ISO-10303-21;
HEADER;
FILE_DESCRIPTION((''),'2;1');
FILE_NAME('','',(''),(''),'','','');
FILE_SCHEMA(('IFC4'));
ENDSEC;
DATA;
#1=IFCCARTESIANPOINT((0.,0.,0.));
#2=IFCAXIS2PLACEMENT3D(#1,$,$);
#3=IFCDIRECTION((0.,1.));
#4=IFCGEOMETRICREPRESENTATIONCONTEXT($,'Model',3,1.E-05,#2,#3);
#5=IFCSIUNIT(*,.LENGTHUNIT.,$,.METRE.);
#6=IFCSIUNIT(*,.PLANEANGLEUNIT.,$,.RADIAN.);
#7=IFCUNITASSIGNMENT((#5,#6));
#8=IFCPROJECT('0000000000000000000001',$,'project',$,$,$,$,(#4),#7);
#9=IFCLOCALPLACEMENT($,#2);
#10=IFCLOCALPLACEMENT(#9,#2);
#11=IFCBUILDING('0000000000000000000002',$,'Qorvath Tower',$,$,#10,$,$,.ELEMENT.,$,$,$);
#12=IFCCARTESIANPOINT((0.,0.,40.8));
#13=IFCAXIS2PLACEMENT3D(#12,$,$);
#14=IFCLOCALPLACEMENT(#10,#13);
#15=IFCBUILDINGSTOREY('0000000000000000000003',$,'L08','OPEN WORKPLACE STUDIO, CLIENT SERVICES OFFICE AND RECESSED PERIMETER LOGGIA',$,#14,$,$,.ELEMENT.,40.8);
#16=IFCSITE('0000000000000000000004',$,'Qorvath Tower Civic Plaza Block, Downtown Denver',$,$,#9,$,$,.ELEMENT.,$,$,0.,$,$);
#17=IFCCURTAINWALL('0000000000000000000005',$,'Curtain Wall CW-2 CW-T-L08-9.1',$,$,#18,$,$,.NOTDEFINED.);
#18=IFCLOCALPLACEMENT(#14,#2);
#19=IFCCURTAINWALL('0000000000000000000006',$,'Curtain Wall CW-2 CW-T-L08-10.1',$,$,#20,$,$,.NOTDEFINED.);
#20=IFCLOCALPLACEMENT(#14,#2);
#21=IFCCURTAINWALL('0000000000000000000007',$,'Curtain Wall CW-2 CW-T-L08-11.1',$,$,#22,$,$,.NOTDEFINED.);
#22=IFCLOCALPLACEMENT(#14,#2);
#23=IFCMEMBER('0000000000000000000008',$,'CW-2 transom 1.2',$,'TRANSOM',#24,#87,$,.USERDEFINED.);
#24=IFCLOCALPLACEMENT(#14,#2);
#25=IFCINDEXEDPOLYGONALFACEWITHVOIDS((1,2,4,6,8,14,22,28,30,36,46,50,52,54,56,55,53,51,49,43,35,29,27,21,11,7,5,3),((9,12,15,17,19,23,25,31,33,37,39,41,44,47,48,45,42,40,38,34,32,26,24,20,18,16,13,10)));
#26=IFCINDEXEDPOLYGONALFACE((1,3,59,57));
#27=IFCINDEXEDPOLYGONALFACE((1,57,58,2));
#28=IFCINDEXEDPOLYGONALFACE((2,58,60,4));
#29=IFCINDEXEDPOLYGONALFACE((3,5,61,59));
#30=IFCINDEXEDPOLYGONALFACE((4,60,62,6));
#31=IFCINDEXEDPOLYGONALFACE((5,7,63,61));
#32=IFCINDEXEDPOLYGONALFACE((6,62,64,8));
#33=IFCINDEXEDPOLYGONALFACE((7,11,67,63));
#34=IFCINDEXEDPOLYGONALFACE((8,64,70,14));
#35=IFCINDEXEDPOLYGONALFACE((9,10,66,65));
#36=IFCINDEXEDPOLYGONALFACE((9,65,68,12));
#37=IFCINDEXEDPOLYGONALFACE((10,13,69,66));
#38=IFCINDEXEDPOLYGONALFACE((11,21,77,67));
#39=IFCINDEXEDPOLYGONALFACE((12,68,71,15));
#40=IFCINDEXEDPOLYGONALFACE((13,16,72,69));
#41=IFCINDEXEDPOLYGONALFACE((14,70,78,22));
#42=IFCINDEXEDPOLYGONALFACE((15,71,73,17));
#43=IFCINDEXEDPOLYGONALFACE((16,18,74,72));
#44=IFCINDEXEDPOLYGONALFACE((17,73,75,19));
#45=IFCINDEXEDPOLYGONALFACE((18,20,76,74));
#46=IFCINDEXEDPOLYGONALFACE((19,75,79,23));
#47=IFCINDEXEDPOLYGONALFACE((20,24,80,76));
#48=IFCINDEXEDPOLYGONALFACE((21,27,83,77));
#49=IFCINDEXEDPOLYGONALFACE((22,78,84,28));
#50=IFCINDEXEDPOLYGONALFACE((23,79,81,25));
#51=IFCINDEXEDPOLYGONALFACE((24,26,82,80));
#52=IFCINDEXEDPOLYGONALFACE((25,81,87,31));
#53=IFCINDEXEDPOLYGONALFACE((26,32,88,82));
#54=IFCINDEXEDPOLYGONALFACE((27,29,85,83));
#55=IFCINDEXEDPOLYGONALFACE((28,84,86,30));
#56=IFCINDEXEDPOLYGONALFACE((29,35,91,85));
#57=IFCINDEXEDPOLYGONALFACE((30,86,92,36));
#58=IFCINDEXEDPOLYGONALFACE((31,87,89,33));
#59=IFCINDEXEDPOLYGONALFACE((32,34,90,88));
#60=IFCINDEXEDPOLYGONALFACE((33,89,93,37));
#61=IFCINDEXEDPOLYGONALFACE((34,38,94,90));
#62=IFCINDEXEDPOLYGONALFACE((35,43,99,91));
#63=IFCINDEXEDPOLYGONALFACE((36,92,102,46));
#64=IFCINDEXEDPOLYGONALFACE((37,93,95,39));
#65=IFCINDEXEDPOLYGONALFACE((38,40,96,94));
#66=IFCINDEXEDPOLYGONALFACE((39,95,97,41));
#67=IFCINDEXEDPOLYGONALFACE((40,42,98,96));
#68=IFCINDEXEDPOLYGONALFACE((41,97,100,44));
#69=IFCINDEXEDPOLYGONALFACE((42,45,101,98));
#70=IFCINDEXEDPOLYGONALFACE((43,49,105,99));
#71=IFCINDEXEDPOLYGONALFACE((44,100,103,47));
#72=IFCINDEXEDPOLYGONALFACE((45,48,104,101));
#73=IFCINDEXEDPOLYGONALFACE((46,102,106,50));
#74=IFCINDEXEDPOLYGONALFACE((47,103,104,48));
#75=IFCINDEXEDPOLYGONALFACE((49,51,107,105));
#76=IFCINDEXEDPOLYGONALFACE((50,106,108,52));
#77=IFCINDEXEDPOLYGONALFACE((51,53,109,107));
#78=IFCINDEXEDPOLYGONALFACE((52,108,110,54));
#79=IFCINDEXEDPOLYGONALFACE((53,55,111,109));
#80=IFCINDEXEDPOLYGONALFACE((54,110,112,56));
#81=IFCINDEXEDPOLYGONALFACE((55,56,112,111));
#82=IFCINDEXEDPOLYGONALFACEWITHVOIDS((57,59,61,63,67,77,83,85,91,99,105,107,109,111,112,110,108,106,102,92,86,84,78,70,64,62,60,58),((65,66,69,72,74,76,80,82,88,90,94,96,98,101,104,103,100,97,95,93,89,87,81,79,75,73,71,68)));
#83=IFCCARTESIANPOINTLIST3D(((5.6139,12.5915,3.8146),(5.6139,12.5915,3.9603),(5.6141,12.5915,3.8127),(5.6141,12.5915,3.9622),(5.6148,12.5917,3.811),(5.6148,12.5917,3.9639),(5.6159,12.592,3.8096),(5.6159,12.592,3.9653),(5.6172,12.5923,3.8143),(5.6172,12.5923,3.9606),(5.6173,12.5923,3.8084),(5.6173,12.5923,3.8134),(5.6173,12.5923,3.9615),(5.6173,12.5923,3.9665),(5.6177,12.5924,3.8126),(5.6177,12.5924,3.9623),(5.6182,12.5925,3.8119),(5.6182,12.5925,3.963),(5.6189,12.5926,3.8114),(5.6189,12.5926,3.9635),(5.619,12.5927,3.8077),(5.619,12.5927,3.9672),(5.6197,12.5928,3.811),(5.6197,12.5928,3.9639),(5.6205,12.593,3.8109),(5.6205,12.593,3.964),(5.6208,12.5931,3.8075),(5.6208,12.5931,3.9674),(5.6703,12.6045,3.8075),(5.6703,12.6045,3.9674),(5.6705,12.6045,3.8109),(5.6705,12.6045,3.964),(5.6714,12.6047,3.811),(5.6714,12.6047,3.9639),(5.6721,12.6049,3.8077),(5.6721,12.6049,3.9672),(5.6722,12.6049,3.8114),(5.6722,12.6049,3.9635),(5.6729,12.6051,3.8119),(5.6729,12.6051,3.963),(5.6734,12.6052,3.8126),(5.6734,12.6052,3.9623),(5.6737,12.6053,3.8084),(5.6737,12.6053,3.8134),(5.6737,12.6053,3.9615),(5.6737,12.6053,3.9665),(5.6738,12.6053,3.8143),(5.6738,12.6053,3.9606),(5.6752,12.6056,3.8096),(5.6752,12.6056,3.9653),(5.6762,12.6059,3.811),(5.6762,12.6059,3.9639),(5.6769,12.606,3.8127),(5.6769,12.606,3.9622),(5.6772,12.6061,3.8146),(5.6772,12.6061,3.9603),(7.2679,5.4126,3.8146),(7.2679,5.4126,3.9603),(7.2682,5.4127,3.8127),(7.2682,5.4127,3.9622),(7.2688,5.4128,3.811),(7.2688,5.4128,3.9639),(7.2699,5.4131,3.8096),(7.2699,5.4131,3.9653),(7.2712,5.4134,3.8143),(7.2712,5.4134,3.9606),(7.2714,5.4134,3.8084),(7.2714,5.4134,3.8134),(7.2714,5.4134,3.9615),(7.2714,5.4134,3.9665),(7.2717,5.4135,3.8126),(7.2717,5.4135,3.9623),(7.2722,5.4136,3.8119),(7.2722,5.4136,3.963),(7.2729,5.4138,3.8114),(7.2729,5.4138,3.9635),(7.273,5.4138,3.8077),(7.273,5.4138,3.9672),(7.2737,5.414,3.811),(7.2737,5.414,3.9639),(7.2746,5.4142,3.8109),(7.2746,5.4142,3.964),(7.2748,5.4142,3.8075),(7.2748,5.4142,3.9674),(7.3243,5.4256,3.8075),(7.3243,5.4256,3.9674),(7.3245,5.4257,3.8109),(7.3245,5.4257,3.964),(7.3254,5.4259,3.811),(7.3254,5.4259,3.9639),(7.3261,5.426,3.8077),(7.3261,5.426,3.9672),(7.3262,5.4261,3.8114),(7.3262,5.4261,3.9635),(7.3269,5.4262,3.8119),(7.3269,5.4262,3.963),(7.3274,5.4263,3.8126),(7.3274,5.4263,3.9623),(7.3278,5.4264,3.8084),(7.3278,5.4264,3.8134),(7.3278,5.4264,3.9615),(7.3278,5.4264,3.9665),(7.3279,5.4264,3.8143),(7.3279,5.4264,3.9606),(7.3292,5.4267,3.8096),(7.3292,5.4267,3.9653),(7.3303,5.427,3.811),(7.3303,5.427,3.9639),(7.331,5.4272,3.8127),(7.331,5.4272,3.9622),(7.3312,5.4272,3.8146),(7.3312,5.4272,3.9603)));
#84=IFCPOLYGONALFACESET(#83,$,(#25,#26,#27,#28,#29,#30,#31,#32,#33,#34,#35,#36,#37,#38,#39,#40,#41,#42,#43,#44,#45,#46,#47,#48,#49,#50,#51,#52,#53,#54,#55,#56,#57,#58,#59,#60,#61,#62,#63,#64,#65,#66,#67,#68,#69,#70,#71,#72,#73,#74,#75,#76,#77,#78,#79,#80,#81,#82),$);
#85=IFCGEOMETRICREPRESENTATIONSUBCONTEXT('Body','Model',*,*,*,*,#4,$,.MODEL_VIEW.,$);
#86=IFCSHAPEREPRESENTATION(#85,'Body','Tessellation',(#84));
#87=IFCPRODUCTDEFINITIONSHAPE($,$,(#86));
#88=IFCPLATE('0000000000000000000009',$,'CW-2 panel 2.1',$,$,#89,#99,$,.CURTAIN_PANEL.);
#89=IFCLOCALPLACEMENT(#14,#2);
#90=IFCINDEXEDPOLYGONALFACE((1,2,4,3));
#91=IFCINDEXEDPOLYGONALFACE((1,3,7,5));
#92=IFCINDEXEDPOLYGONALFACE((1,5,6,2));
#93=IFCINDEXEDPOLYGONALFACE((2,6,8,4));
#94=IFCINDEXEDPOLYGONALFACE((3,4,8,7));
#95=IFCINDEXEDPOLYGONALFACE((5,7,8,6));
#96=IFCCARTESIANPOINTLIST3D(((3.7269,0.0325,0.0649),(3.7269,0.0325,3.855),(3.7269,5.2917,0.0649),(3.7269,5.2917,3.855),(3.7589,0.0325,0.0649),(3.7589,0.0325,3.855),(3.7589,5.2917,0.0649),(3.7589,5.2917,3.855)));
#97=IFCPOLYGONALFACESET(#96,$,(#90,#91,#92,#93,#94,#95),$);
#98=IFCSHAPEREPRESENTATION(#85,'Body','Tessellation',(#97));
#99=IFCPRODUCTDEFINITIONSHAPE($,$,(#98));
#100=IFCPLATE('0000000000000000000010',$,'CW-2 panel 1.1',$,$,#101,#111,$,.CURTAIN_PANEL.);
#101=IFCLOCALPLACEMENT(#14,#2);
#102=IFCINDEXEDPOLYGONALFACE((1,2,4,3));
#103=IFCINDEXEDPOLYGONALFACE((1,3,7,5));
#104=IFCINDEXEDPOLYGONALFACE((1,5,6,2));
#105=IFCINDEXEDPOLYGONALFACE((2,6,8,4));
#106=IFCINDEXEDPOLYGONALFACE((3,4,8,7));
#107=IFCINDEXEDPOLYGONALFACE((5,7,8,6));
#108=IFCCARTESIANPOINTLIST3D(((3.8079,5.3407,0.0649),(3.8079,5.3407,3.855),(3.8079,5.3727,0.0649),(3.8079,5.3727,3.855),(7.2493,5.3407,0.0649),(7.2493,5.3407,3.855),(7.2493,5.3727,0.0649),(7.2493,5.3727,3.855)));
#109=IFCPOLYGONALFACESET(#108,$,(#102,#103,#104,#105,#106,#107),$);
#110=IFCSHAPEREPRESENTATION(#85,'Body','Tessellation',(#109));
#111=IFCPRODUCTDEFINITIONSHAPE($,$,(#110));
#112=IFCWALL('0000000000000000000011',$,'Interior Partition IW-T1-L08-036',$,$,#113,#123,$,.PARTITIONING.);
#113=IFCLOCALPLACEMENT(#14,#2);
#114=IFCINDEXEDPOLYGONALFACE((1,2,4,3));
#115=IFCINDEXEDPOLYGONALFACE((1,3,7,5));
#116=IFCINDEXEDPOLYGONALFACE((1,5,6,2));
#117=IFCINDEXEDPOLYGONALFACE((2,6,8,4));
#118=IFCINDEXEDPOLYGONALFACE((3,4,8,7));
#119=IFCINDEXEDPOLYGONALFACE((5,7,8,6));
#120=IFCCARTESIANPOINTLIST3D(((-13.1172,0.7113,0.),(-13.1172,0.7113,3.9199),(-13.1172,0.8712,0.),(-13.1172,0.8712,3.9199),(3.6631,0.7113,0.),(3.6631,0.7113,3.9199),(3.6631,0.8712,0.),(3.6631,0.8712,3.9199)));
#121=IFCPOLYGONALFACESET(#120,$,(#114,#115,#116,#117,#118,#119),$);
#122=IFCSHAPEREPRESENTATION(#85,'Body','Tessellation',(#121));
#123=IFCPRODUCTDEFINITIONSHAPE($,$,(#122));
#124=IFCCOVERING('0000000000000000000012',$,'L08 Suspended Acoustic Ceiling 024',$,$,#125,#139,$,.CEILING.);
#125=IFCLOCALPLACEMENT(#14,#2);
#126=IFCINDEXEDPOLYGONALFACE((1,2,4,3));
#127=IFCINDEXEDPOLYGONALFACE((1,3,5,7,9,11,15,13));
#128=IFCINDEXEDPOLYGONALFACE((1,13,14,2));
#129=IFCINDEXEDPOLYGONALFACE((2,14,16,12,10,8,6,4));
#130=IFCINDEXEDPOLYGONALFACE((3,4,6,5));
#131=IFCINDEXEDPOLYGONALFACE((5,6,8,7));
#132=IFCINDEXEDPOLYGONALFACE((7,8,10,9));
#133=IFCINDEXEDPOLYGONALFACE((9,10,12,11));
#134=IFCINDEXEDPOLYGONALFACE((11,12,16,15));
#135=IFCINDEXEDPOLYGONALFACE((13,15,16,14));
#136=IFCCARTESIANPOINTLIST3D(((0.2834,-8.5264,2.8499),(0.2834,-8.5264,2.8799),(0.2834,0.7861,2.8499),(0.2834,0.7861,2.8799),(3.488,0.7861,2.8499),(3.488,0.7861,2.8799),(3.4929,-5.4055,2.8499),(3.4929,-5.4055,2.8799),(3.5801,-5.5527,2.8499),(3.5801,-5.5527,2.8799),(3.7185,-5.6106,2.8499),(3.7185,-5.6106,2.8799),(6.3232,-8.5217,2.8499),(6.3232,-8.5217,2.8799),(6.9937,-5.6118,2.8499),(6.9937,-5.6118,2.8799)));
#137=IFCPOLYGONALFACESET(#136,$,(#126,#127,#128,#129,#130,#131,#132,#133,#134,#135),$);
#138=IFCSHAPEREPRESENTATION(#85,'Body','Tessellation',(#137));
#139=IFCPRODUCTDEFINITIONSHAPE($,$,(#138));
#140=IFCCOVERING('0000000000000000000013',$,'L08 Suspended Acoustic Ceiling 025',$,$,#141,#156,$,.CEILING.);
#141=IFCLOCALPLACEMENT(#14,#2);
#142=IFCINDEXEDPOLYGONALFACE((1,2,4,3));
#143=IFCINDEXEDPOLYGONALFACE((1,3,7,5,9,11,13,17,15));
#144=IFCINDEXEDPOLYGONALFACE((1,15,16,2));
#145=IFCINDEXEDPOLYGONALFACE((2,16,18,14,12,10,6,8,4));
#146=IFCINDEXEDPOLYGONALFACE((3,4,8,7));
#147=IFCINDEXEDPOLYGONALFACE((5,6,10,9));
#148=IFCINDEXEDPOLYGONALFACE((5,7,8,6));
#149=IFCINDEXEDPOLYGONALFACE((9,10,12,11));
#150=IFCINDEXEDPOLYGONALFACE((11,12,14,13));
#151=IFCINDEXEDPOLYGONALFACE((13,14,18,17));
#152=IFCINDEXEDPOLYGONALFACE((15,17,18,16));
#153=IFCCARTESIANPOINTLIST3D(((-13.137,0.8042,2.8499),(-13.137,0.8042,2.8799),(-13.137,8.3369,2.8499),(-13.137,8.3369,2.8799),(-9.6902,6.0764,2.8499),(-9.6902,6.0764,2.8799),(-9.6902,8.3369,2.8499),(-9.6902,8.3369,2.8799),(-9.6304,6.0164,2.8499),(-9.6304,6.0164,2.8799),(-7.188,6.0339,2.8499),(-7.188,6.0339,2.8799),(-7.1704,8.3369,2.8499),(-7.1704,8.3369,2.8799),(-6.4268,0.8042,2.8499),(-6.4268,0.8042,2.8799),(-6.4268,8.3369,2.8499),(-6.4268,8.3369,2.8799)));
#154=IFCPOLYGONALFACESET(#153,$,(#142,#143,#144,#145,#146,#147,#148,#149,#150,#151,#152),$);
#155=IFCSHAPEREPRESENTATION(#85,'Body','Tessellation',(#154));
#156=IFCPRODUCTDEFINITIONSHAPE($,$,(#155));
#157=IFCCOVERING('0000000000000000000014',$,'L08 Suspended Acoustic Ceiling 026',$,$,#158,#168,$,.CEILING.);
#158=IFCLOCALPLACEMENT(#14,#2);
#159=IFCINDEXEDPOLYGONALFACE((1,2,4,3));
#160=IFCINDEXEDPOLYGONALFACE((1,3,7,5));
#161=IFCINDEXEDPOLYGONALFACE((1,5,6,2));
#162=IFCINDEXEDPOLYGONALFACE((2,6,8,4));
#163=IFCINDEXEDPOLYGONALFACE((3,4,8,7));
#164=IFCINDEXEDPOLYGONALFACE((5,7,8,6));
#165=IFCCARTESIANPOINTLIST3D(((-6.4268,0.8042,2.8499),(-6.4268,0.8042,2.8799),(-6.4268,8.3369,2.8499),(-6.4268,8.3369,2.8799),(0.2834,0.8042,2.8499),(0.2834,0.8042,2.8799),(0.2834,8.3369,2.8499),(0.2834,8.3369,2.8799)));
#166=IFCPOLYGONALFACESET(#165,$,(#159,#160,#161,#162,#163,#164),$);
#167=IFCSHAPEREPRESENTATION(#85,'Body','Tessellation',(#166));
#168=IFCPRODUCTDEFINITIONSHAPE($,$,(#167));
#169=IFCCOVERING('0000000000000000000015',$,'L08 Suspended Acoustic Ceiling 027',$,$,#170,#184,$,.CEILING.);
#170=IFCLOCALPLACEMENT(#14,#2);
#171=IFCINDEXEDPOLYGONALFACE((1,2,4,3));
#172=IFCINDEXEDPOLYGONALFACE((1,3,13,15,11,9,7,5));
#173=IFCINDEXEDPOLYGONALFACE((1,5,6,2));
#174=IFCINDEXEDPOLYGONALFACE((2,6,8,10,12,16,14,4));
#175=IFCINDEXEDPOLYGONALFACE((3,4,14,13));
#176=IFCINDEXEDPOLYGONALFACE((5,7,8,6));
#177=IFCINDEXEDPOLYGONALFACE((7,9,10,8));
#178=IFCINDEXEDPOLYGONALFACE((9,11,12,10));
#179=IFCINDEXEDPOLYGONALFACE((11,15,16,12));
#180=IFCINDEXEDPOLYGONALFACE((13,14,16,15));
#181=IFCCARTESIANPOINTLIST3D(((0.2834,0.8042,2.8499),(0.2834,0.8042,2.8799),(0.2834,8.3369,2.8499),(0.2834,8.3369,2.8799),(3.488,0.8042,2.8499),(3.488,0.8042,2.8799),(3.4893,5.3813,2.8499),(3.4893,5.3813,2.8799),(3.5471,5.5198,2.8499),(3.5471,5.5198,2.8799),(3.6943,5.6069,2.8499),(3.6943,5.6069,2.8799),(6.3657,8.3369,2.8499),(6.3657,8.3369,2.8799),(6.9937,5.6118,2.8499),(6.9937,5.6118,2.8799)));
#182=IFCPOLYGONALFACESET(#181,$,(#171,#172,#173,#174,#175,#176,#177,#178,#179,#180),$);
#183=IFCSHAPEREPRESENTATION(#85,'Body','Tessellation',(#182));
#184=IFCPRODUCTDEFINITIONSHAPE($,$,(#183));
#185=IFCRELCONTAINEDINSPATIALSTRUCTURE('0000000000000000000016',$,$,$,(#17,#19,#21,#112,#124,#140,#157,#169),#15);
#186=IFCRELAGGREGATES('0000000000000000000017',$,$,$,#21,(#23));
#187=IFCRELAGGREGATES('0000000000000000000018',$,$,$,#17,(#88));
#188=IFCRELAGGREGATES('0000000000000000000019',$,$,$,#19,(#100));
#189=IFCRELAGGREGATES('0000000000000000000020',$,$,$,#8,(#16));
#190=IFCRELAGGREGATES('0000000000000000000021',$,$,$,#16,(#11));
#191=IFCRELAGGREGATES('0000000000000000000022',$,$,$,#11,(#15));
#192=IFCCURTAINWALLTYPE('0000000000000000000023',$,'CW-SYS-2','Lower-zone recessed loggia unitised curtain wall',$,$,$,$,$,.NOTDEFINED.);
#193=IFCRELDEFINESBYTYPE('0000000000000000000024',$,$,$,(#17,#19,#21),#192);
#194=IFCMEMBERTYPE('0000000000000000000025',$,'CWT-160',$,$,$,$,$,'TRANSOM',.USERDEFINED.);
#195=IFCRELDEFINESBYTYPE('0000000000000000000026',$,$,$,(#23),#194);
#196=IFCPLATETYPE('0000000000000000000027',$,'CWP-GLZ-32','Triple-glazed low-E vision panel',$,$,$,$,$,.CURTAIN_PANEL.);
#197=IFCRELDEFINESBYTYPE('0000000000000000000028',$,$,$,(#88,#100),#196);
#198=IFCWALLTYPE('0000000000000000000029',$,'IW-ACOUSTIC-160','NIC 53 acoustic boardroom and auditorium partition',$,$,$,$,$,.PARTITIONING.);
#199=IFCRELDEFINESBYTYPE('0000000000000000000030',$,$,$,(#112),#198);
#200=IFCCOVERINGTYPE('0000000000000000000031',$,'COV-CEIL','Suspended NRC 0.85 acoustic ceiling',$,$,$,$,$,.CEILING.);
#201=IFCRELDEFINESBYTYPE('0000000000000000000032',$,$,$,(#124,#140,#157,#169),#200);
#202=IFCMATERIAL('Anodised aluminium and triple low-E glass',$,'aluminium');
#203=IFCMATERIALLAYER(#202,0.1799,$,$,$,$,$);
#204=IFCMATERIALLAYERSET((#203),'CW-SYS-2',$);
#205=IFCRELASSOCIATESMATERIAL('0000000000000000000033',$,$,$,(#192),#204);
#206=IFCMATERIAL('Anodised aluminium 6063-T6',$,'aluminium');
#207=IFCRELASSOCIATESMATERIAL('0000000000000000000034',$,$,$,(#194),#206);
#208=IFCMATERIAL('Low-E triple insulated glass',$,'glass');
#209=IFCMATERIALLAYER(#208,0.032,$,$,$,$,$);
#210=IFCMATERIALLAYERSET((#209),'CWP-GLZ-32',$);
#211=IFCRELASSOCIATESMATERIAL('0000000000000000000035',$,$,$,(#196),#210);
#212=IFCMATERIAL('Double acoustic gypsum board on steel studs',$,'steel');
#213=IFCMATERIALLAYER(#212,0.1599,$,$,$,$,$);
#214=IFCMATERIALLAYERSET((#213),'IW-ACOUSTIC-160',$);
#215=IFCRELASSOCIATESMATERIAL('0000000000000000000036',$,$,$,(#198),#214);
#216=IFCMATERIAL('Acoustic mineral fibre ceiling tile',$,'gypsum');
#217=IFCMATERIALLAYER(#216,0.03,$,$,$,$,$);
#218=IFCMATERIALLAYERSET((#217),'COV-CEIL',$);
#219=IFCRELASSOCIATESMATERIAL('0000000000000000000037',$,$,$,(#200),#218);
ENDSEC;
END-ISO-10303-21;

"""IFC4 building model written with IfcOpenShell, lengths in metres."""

from ifc_helpers import new_model, si_unit, direction, frame, frame_2d, origin, origin_2d, place, context, subcontext, project, spatial, polyline, rectangle, hollow_rectangle, outline, extrude, material, layer, layer_set, material_profile, profile_set, type_object, element, aggregate, save


model = new_model("IFC4")

# Units and contexts
model_context = context("Model", 3, precision=1e-05, world=origin(), true_north=direction((0.0, 1.0)))
body_context = subcontext(model_context, "Body", "Model", "MODEL_VIEW")
ifc_project = project(units=[si_unit("LENGTHUNIT", "METRE"), si_unit("PLANEANGLEUNIT", "RADIAN")], contexts=[model_context])

# Site, building, storey
site_placement = place(None, origin())
site = spatial("IfcSite", under=ifc_project, at=site_placement, Name="Qorvath Tower Civic Plaza Block, Downtown Denver", CompositionType="ELEMENT", RefElevation=0.0)
building_placement = place(site_placement, origin())
building = spatial("IfcBuilding", under=site, at=building_placement, Name="Qorvath Tower", CompositionType="ELEMENT")
storey_placement = place(building_placement, frame((0.0, 0.0, 40.8)))
storey = spatial("IfcBuildingStorey", under=building, at=storey_placement, Name="L08", Description="OPEN WORKPLACE STUDIO, CLIENT SERVICES OFFICE AND RECESSED PERIMETER LOGGIA", CompositionType="ELEMENT", Elevation=40.8)

# Curtain walls
ifc_material_1 = material(Name="Anodised aluminium and triple low-E glass", Category="aluminium")
ifc_layer_1 = layer(ifc_material_1, 0.1799)
ifc_layer_set_1 = layer_set([ifc_layer_1], Name="CW-SYS-2")
curtain_wall_type = type_object("IfcCurtainWallType", Name="CW-SYS-2", Description="Lower-zone recessed loggia unitised curtain wall", PredefinedType="NOTDEFINED", material=ifc_layer_set_1)
curtain_wall_1_placement = place(storey_placement, origin())
curtain_wall_1 = element("IfcCurtainWall", 1, at=curtain_wall_1_placement, inside=storey, type_object=curtain_wall_type, Name="Curtain Wall CW-2 CW-T-L08-9.1", PredefinedType="NOTDEFINED")
curtain_wall_2_placement = place(storey_placement, origin())
curtain_wall_2 = element("IfcCurtainWall", 2, at=curtain_wall_2_placement, inside=storey, type_object=curtain_wall_type, Name="Curtain Wall CW-2 CW-T-L08-10.1", PredefinedType="NOTDEFINED")

# Curtain wall
curtain_wall_3_placement = place(storey_placement, origin())
curtain_wall_3 = element("IfcCurtainWall", 3, at=curtain_wall_3_placement, inside=storey, type_object=curtain_wall_type, Name="Curtain Wall CW-2 CW-T-L08-11.1", PredefinedType="NOTDEFINED")

# Member
ifc_material_2 = material(Name="Anodised aluminium 6063-T6", Category="aluminium")
ifc_material_profile_1 = material_profile(ifc_material_2, hollow_rectangle(XDim=0.0649, YDim=0.1599, WallThickness=0.0034, InnerFilletRadius=0.0034, OuterFilletRadius=0.0071, at=origin_2d()), Name="CWT 160x65")
ifc_profile_set_1 = profile_set([ifc_material_profile_1], Name="Anodised aluminium 6063-T6")
member_type_1 = type_object("IfcMemberType", Name="CWT-160", ElementType="TRANSOM", PredefinedType="USERDEFINED", material=ifc_profile_set_1)
member_1_placement = place(storey_placement, frame((7.2996, 5.4199, 3.8875), z_axis=(-0.224521, 0.974469, 0.0), x_axis=(-0.974469, -0.224521, 0.0)))
member_1 = element("IfcMember", 4, at=member_1_placement, type_object=member_type_1, Name="CW-2 transom 1.2", ObjectType="TRANSOM", PredefinedType="USERDEFINED", context=body_context, shape_type="SweptSolid", body=[
    extrude(hollow_rectangle(XDim=0.0649, YDim=0.1599, WallThickness=0.0034, InnerFilletRadius=0.0034, OuterFilletRadius=0.0071, at=origin_2d()), origin(), (0.0, 0.0, 1.0), 7.3669),
])
aggregate(curtain_wall_3, [member_1])

# Plates
ifc_material_3 = material(Name="Low-E triple insulated glass", Category="glass")
ifc_layer_2 = layer(ifc_material_3, 0.032)
ifc_layer_set_2 = layer_set([ifc_layer_2], Name="CWP-GLZ-32")
plate_type = type_object("IfcPlateType", Name="CWP-GLZ-32", Description="Triple-glazed low-E vision panel", PredefinedType="CURTAIN_PANEL", material=ifc_layer_set_2)
plate_1_placement = place(storey_placement, frame((3.7429, 2.6621, 0.0649), z_axis=(0.0, 0.0, 1.0), x_axis=(0.0, 1.0, 0.0)))
plate_1 = element("IfcPlate", 5, at=plate_1_placement, type_object=plate_type, Name="CW-2 panel 2.1", PredefinedType="CURTAIN_PANEL", context=body_context, shape_type="SweptSolid", body=[
    extrude(rectangle(XDim=5.2593, YDim=0.032, at=origin_2d()), origin(), (0.0, 0.0, 1.0), 3.79),
])
aggregate(curtain_wall_1, [plate_1])
plate_2_placement = place(storey_placement, frame((5.5286, 5.3567, 0.0649), z_axis=(0.0, 0.0, 1.0), x_axis=(1.0, 0.0, 0.0)))
plate_2 = element("IfcPlate", 6, at=plate_2_placement, type_object=plate_type, Name="CW-2 panel 1.1", PredefinedType="CURTAIN_PANEL", context=body_context, shape_type="SweptSolid", body=[
    extrude(rectangle(XDim=3.4414, YDim=0.032, at=origin_2d()), origin(), (0.0, 0.0, 1.0), 3.79),
])
aggregate(curtain_wall_2, [plate_2])

# Wall
ifc_material_4 = material(Name="Double acoustic gypsum board on steel studs", Category="steel")
ifc_layer_3 = layer(ifc_material_4, 0.1599)
ifc_layer_set_3 = layer_set([ifc_layer_3], Name="IW-ACOUSTIC-160")
wall_type = type_object("IfcWallType", Name="IW-ACOUSTIC-160", Description="NIC 53 acoustic boardroom and auditorium partition", PredefinedType="PARTITIONING", material=ifc_layer_set_3)
wall_placement = place(storey_placement, frame((3.6631, 0.7913, 0.0), z_axis=(0.0, 0.0, 1.0), x_axis=(-1.0, 0.0, 0.0)))
element("IfcWall", 7, at=wall_placement, inside=storey, type_object=wall_type, Name="Interior Partition IW-T1-L08-036", PredefinedType="PARTITIONING", context=body_context, shape_type="SweptSolid", body=[
    extrude(rectangle(XDim=16.7803, YDim=0.1599, at=frame_2d((8.3901, 0.0))), origin(), (0.0, 0.0, 1.0), 3.9199),
])

# Coverings
ifc_material_5 = material(Name="Acoustic mineral fibre ceiling tile", Category="gypsum")
ifc_layer_4 = layer(ifc_material_5, 0.03)
ifc_layer_set_4 = layer_set([ifc_layer_4], Name="COV-CEIL")
covering_type_1 = type_object("IfcCoveringType", Name="COV-CEIL", Description="Suspended NRC 0.85 acoustic ceiling", PredefinedType="CEILING", material=ifc_layer_set_4)
covering_1_placement = place(storey_placement, frame((0.0, 0.0, 2.8499)))
element("IfcCovering", 8, at=covering_1_placement, inside=storey, type_object=covering_type_1, Name="L08 Suspended Acoustic Ceiling 024", PredefinedType="CEILING", context=body_context, shape_type="SweptSolid", body=[
    extrude(outline(polyline([(3.5801, -5.5527), (3.4929, -5.4055), (3.488, 0.7861), (0.2834, 0.7861), (0.2834, -8.5264), (6.3232, -8.5217), (6.9937, -5.6118), (3.7185, -5.6106), (3.5801, -5.5527)])), origin(), (0.0, 0.0, 1.0), 0.03),
])
covering_2_placement = place(storey_placement, frame((0.0, 0.0, 2.8499)))
element("IfcCovering", 9, at=covering_2_placement, inside=storey, type_object=covering_type_1, Name="L08 Suspended Acoustic Ceiling 025", PredefinedType="CEILING", context=body_context, shape_type="SweptSolid", body=[
    extrude(outline(polyline([(-6.4268, 0.8042), (-6.4268, 8.3369), (-7.1704, 8.3369), (-7.188, 6.0339), (-9.6304, 6.0164), (-9.6902, 6.0764), (-9.6902, 8.3369), (-13.137, 8.3369), (-13.137, 0.8042), (-6.4268, 0.8042)])), origin(), (0.0, 0.0, 1.0), 0.03),
])
covering_3_placement = place(storey_placement, frame((0.0, 0.0, 2.8499)))
element("IfcCovering", 10, at=covering_3_placement, inside=storey, type_object=covering_type_1, Name="L08 Suspended Acoustic Ceiling 026", PredefinedType="CEILING", context=body_context, shape_type="SweptSolid", body=[
    extrude(outline(polyline([(0.2834, 0.8042), (0.2834, 8.3369), (-6.4268, 8.3369), (-6.4268, 0.8042), (0.2834, 0.8042)])), origin(), (0.0, 0.0, 1.0), 0.03),
])
covering_4_placement = place(storey_placement, frame((0.0, 0.0, 2.8499)))
element("IfcCovering", 11, at=covering_4_placement, inside=storey, type_object=covering_type_1, Name="L08 Suspended Acoustic Ceiling 027", PredefinedType="CEILING", context=body_context, shape_type="SweptSolid", body=[
    extrude(outline(polyline([(3.5471, 5.5198), (3.6943, 5.6069), (6.9937, 5.6118), (6.3657, 8.3369), (0.2834, 8.3369), (0.2834, 0.8042), (3.488, 0.8042), (3.4893, 5.3813), (3.5471, 5.5198)])), origin(), (0.0, 0.0, 1.0), 0.03),
])

save(model, "model.ifc")
